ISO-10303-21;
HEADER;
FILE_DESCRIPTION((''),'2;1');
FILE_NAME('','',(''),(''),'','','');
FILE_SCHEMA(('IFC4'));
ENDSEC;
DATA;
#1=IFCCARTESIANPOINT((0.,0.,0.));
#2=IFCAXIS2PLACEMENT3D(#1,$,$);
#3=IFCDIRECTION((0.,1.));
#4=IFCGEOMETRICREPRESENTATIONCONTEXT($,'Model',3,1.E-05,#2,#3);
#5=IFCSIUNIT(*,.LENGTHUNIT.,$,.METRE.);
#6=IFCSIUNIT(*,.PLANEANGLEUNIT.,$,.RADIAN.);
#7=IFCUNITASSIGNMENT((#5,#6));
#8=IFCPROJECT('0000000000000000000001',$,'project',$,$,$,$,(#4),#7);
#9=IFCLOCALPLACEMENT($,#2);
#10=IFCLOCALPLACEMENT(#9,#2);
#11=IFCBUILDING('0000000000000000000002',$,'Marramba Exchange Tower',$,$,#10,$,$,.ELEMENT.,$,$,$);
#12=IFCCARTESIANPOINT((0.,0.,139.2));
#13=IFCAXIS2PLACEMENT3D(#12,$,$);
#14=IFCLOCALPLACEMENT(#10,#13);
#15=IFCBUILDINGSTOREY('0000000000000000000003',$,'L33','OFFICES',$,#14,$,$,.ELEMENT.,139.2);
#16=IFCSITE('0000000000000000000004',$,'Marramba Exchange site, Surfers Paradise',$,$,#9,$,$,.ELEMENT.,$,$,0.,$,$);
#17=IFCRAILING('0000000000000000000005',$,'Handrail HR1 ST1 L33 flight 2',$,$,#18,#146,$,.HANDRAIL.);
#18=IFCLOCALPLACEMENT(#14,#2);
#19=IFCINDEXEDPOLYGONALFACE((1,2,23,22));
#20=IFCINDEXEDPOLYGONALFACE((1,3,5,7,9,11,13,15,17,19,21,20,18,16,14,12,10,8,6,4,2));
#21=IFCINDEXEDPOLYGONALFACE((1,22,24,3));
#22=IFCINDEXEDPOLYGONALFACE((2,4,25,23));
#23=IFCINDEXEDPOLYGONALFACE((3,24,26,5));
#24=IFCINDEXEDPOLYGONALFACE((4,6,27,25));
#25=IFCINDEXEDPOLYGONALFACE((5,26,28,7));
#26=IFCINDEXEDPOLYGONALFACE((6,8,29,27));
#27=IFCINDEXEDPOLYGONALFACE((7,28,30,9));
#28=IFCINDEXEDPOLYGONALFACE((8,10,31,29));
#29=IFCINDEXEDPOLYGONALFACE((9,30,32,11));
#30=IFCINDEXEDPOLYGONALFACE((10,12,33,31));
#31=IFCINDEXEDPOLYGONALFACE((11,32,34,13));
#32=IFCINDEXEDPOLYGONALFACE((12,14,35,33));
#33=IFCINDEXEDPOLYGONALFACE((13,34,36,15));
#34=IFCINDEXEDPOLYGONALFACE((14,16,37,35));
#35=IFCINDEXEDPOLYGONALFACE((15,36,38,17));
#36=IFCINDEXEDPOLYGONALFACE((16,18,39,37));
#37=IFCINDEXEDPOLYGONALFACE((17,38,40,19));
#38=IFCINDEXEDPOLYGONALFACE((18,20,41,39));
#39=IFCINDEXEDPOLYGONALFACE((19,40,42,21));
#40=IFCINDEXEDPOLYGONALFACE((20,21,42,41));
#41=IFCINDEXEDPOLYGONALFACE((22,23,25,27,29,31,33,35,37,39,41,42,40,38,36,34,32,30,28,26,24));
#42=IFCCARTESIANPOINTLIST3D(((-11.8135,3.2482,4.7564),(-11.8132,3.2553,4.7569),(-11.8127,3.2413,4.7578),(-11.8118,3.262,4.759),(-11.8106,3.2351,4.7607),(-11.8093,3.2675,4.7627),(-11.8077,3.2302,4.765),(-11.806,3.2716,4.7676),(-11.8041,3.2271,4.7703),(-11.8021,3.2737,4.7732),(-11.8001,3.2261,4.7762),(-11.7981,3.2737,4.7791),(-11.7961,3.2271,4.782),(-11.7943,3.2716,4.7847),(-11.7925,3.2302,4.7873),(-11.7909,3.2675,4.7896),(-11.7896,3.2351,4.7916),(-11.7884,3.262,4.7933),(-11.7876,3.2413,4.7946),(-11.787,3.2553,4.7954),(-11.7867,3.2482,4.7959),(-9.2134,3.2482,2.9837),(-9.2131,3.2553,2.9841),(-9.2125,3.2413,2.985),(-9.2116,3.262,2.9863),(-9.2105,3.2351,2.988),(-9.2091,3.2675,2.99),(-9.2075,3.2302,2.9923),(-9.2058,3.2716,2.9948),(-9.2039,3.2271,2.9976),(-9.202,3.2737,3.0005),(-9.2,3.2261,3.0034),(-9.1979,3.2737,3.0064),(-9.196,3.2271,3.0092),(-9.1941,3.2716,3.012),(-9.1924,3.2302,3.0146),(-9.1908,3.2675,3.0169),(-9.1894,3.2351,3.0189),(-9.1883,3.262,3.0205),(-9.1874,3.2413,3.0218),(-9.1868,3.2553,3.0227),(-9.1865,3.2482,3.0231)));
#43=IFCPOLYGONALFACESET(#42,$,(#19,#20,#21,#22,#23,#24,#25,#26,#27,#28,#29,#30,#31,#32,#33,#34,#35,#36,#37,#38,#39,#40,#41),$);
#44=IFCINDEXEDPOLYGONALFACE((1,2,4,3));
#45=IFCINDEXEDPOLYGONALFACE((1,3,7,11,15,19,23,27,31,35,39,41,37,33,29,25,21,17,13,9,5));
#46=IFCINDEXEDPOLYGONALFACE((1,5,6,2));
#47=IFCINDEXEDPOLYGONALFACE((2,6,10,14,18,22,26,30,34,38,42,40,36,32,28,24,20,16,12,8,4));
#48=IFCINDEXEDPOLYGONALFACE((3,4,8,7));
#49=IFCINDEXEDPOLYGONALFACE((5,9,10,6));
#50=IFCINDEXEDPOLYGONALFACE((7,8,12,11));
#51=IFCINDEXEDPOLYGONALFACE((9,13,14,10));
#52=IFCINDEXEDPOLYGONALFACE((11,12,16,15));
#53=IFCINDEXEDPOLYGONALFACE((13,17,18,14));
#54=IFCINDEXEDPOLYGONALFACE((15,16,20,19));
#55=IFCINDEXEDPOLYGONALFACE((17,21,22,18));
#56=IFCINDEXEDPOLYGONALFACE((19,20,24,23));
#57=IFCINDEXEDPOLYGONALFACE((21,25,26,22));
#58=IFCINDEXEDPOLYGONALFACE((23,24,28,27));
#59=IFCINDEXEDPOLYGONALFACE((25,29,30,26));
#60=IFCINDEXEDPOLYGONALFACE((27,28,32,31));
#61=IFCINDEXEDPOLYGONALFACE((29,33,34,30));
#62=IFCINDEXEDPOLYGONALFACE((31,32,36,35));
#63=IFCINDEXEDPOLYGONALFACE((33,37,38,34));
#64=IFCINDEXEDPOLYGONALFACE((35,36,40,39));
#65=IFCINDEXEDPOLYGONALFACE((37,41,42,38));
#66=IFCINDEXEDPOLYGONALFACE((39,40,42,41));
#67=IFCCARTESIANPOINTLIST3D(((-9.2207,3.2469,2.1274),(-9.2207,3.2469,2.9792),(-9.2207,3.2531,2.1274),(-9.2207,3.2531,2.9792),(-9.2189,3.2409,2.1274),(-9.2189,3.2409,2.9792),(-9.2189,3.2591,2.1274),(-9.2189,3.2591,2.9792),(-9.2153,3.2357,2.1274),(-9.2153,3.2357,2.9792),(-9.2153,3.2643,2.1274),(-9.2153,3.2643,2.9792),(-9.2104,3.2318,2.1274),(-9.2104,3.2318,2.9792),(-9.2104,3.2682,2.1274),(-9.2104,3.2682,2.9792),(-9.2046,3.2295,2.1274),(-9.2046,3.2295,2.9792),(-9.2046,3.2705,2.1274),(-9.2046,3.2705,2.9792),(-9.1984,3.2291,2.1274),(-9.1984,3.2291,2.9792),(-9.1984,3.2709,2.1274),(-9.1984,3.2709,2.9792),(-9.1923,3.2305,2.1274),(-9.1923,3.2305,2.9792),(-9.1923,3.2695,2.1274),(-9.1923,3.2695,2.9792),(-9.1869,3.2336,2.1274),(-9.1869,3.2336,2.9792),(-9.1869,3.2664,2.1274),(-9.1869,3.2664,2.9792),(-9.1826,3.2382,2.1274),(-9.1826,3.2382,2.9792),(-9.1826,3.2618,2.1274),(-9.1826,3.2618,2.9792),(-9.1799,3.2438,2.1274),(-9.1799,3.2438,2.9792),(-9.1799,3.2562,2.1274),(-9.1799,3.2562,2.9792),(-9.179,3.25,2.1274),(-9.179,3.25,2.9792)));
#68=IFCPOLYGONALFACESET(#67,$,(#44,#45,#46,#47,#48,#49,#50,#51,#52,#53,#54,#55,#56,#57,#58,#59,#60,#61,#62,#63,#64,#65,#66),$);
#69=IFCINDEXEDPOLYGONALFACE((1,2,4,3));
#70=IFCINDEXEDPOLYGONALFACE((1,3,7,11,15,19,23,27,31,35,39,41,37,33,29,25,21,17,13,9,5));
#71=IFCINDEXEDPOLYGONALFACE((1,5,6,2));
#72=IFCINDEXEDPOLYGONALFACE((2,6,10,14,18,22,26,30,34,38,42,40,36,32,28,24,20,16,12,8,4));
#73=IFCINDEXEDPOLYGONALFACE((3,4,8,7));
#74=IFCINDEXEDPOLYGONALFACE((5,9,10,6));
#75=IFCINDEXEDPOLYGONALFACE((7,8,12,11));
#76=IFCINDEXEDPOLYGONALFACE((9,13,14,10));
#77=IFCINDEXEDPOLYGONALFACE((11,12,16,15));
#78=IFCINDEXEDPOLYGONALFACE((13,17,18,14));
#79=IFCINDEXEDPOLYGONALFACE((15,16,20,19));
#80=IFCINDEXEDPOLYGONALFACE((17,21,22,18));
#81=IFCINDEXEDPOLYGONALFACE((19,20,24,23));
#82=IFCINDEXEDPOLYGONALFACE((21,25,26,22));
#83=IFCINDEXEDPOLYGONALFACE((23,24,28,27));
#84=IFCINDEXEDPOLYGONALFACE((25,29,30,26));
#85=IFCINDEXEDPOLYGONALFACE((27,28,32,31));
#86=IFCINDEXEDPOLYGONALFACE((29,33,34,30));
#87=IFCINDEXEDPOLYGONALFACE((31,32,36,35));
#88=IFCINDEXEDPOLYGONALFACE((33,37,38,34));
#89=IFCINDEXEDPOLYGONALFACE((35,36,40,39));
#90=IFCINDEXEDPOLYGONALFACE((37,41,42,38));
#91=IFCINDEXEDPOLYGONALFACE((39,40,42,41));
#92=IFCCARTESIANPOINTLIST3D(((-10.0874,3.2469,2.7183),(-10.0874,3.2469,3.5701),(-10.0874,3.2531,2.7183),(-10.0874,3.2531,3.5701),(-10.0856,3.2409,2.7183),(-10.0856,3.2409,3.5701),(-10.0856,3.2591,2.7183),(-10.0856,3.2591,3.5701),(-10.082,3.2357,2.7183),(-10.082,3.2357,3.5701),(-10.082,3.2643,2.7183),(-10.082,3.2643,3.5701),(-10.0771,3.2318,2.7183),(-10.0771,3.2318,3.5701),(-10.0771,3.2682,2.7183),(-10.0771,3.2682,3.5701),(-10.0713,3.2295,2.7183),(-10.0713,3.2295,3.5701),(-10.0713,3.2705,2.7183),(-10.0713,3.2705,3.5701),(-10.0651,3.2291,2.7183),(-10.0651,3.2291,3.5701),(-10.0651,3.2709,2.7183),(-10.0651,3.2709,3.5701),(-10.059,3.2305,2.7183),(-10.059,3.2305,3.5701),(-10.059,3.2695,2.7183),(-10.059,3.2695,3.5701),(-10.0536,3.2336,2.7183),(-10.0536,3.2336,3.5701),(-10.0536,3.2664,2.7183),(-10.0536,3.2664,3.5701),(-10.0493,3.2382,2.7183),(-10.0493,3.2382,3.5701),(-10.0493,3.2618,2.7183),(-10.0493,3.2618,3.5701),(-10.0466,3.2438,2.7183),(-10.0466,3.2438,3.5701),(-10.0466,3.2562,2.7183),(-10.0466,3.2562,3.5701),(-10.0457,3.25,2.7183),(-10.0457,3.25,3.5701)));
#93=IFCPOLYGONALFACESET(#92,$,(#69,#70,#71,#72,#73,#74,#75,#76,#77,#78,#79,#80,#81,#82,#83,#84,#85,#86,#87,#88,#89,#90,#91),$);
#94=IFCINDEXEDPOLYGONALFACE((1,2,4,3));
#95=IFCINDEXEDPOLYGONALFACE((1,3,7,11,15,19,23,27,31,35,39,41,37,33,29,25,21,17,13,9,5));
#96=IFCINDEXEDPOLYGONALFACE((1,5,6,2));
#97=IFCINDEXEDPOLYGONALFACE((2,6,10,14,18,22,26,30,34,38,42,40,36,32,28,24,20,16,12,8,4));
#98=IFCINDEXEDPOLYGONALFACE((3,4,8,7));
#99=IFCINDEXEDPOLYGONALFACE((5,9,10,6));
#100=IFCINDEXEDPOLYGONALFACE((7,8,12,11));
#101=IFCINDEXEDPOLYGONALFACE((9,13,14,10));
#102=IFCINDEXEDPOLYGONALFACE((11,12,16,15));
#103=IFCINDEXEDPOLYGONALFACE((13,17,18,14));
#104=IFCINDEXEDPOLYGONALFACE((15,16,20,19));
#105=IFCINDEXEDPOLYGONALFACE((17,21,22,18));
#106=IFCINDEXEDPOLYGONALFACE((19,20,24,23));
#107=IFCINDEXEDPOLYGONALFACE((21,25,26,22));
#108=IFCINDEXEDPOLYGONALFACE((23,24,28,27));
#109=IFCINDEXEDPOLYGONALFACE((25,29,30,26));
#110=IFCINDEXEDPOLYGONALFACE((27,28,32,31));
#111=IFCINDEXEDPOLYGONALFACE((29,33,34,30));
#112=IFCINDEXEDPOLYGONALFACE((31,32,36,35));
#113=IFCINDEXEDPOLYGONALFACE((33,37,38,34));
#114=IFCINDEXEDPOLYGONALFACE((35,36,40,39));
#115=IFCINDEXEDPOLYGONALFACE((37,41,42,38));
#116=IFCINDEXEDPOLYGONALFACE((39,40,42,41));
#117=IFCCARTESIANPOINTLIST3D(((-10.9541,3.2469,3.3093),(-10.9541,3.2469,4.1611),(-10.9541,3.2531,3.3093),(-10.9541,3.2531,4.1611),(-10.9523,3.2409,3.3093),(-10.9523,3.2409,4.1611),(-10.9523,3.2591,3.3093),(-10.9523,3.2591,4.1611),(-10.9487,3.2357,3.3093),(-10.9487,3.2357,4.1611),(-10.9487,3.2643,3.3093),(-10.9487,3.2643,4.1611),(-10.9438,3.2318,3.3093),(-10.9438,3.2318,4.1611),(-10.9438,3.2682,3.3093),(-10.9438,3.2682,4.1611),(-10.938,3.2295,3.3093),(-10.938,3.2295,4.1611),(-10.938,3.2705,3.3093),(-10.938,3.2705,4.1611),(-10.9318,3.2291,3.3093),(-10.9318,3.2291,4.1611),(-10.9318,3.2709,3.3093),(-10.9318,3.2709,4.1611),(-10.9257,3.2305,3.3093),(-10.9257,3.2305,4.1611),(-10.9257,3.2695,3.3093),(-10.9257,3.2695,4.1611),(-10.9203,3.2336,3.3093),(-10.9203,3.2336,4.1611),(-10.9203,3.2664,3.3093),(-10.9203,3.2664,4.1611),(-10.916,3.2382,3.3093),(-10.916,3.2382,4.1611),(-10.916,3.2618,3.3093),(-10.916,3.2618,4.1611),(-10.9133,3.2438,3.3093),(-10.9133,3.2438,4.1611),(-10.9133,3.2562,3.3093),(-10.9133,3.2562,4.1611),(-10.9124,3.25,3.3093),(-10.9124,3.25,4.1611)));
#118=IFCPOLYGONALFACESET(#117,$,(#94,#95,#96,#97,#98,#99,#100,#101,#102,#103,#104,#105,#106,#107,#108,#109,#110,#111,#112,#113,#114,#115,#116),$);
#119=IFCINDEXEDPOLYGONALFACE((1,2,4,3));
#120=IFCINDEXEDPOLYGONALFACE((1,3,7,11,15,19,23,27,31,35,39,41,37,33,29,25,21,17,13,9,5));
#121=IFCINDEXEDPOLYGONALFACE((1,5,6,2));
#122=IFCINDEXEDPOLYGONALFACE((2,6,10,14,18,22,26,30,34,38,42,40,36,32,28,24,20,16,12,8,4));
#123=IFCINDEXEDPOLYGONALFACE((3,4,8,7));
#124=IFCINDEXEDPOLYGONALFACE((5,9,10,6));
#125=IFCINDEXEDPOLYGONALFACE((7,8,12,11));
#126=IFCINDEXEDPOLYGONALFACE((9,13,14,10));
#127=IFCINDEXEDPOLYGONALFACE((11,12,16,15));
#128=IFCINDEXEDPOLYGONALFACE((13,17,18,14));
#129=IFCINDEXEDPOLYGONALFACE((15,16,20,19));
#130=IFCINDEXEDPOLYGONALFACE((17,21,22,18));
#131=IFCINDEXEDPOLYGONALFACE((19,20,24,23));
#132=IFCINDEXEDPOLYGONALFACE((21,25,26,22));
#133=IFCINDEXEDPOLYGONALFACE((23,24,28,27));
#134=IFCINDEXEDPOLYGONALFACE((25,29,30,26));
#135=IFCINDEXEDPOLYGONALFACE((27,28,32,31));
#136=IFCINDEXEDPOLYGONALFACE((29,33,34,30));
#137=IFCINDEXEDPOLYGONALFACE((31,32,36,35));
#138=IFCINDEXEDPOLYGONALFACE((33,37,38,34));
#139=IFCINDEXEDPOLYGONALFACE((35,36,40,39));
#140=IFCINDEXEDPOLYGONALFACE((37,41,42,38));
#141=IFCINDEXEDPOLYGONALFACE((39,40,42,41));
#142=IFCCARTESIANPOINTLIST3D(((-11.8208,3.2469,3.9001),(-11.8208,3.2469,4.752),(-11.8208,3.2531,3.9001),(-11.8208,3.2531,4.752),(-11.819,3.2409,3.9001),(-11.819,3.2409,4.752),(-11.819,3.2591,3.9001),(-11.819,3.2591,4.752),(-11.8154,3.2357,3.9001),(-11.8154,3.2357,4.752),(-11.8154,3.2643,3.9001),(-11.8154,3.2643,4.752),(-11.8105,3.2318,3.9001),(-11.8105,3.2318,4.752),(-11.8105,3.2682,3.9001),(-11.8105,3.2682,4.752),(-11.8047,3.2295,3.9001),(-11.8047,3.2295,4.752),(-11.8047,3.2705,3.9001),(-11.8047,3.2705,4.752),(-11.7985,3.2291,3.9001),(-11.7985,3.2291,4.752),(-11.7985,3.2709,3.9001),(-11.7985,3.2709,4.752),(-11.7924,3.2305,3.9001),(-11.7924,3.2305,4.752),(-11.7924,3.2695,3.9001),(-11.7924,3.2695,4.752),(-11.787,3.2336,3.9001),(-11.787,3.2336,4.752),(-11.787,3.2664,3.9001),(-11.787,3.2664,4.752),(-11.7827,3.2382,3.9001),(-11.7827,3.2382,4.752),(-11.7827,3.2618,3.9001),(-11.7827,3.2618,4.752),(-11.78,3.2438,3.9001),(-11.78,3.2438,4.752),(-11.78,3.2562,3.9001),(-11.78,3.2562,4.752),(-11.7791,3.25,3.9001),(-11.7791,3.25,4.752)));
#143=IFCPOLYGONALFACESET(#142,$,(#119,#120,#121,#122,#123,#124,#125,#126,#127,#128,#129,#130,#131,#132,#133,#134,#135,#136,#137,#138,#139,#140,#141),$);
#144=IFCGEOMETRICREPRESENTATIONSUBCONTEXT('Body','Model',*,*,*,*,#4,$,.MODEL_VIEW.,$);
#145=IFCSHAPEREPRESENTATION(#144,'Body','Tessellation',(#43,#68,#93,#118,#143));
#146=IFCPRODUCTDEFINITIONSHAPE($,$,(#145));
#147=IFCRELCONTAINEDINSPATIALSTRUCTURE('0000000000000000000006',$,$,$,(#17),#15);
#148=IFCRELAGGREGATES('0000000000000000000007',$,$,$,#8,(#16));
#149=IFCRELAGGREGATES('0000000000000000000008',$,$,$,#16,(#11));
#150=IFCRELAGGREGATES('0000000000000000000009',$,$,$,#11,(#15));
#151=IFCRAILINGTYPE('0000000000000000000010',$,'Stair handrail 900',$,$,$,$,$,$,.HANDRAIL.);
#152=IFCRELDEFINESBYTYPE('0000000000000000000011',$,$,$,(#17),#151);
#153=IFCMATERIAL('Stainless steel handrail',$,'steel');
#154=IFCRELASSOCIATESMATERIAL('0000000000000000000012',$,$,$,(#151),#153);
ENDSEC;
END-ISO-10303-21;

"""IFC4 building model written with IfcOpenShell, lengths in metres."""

from ifc_helpers import new_model, si_unit, direction, frame, origin, origin_2d, place, context, subcontext, project, spatial, circle, extrude, material, type_object, element, save


model = new_model("IFC4")

# Units and contexts
model_context = context("Model", 3, precision=1e-05, world=origin(), true_north=direction((0.0, 1.0)))
body_context = subcontext(model_context, "Body", "Model", "MODEL_VIEW")
ifc_project = project(units=[si_unit("LENGTHUNIT", "METRE"), si_unit("PLANEANGLEUNIT", "RADIAN")], contexts=[model_context])

# Site, building, storey
site_placement = place(None, origin())
site = spatial("IfcSite", under=ifc_project, at=site_placement, Name="Marramba Exchange site, Surfers Paradise", CompositionType="ELEMENT", RefElevation=0.0)
building_placement = place(site_placement, origin())
building = spatial("IfcBuilding", under=site, at=building_placement, Name="Marramba Exchange Tower", CompositionType="ELEMENT")
storey_placement = place(building_placement, frame((0.0, 0.0, 139.2)))
storey = spatial("IfcBuildingStorey", under=building, at=storey_placement, Name="L33", Description="OFFICES", CompositionType="ELEMENT", Elevation=139.2)

# Railing
ifc_material_1 = material(Name="Stainless steel handrail", Category="steel")
railing_type = type_object("IfcRailingType", Name="Stair handrail 900", PredefinedType="HANDRAIL", material=ifc_material_1)
railing_placement = place(storey_placement, frame((-9.2, 3.25, 2.1274)))
element("IfcRailing", 1, at=railing_placement, inside=storey, type_object=railing_type, Name="Handrail HR1 ST1 L33 flight 2", PredefinedType="HANDRAIL", context=body_context, shape_type="SweptSolid", body=[
    extrude(circle(Radius=0.0239, at=origin_2d()), frame((0.0, 0.0, 0.876), z_axis=(-0.82624, 0.0, 0.563318), x_axis=(0.0, -1.0, 0.0)), (0.0, 0.0, 1.0), 3.147),
    extrude(circle(Radius=0.021, at=origin_2d()), origin(), (0.0, 0.0, 1.0), 0.8518),
    extrude(circle(Radius=0.021, at=origin_2d()), frame((-0.8667, 0.0, 0.5908)), (0.0, 0.0, 1.0), 0.8518),
    extrude(circle(Radius=0.021, at=origin_2d()), frame((-1.7334, 0.0, 1.1819)), (0.0, 0.0, 1.0), 0.8518),
    extrude(circle(Radius=0.021, at=origin_2d()), frame((-2.6001, 0.0, 1.7727)), (0.0, 0.0, 1.0), 0.8518),
])

save(model, "model.ifc")
